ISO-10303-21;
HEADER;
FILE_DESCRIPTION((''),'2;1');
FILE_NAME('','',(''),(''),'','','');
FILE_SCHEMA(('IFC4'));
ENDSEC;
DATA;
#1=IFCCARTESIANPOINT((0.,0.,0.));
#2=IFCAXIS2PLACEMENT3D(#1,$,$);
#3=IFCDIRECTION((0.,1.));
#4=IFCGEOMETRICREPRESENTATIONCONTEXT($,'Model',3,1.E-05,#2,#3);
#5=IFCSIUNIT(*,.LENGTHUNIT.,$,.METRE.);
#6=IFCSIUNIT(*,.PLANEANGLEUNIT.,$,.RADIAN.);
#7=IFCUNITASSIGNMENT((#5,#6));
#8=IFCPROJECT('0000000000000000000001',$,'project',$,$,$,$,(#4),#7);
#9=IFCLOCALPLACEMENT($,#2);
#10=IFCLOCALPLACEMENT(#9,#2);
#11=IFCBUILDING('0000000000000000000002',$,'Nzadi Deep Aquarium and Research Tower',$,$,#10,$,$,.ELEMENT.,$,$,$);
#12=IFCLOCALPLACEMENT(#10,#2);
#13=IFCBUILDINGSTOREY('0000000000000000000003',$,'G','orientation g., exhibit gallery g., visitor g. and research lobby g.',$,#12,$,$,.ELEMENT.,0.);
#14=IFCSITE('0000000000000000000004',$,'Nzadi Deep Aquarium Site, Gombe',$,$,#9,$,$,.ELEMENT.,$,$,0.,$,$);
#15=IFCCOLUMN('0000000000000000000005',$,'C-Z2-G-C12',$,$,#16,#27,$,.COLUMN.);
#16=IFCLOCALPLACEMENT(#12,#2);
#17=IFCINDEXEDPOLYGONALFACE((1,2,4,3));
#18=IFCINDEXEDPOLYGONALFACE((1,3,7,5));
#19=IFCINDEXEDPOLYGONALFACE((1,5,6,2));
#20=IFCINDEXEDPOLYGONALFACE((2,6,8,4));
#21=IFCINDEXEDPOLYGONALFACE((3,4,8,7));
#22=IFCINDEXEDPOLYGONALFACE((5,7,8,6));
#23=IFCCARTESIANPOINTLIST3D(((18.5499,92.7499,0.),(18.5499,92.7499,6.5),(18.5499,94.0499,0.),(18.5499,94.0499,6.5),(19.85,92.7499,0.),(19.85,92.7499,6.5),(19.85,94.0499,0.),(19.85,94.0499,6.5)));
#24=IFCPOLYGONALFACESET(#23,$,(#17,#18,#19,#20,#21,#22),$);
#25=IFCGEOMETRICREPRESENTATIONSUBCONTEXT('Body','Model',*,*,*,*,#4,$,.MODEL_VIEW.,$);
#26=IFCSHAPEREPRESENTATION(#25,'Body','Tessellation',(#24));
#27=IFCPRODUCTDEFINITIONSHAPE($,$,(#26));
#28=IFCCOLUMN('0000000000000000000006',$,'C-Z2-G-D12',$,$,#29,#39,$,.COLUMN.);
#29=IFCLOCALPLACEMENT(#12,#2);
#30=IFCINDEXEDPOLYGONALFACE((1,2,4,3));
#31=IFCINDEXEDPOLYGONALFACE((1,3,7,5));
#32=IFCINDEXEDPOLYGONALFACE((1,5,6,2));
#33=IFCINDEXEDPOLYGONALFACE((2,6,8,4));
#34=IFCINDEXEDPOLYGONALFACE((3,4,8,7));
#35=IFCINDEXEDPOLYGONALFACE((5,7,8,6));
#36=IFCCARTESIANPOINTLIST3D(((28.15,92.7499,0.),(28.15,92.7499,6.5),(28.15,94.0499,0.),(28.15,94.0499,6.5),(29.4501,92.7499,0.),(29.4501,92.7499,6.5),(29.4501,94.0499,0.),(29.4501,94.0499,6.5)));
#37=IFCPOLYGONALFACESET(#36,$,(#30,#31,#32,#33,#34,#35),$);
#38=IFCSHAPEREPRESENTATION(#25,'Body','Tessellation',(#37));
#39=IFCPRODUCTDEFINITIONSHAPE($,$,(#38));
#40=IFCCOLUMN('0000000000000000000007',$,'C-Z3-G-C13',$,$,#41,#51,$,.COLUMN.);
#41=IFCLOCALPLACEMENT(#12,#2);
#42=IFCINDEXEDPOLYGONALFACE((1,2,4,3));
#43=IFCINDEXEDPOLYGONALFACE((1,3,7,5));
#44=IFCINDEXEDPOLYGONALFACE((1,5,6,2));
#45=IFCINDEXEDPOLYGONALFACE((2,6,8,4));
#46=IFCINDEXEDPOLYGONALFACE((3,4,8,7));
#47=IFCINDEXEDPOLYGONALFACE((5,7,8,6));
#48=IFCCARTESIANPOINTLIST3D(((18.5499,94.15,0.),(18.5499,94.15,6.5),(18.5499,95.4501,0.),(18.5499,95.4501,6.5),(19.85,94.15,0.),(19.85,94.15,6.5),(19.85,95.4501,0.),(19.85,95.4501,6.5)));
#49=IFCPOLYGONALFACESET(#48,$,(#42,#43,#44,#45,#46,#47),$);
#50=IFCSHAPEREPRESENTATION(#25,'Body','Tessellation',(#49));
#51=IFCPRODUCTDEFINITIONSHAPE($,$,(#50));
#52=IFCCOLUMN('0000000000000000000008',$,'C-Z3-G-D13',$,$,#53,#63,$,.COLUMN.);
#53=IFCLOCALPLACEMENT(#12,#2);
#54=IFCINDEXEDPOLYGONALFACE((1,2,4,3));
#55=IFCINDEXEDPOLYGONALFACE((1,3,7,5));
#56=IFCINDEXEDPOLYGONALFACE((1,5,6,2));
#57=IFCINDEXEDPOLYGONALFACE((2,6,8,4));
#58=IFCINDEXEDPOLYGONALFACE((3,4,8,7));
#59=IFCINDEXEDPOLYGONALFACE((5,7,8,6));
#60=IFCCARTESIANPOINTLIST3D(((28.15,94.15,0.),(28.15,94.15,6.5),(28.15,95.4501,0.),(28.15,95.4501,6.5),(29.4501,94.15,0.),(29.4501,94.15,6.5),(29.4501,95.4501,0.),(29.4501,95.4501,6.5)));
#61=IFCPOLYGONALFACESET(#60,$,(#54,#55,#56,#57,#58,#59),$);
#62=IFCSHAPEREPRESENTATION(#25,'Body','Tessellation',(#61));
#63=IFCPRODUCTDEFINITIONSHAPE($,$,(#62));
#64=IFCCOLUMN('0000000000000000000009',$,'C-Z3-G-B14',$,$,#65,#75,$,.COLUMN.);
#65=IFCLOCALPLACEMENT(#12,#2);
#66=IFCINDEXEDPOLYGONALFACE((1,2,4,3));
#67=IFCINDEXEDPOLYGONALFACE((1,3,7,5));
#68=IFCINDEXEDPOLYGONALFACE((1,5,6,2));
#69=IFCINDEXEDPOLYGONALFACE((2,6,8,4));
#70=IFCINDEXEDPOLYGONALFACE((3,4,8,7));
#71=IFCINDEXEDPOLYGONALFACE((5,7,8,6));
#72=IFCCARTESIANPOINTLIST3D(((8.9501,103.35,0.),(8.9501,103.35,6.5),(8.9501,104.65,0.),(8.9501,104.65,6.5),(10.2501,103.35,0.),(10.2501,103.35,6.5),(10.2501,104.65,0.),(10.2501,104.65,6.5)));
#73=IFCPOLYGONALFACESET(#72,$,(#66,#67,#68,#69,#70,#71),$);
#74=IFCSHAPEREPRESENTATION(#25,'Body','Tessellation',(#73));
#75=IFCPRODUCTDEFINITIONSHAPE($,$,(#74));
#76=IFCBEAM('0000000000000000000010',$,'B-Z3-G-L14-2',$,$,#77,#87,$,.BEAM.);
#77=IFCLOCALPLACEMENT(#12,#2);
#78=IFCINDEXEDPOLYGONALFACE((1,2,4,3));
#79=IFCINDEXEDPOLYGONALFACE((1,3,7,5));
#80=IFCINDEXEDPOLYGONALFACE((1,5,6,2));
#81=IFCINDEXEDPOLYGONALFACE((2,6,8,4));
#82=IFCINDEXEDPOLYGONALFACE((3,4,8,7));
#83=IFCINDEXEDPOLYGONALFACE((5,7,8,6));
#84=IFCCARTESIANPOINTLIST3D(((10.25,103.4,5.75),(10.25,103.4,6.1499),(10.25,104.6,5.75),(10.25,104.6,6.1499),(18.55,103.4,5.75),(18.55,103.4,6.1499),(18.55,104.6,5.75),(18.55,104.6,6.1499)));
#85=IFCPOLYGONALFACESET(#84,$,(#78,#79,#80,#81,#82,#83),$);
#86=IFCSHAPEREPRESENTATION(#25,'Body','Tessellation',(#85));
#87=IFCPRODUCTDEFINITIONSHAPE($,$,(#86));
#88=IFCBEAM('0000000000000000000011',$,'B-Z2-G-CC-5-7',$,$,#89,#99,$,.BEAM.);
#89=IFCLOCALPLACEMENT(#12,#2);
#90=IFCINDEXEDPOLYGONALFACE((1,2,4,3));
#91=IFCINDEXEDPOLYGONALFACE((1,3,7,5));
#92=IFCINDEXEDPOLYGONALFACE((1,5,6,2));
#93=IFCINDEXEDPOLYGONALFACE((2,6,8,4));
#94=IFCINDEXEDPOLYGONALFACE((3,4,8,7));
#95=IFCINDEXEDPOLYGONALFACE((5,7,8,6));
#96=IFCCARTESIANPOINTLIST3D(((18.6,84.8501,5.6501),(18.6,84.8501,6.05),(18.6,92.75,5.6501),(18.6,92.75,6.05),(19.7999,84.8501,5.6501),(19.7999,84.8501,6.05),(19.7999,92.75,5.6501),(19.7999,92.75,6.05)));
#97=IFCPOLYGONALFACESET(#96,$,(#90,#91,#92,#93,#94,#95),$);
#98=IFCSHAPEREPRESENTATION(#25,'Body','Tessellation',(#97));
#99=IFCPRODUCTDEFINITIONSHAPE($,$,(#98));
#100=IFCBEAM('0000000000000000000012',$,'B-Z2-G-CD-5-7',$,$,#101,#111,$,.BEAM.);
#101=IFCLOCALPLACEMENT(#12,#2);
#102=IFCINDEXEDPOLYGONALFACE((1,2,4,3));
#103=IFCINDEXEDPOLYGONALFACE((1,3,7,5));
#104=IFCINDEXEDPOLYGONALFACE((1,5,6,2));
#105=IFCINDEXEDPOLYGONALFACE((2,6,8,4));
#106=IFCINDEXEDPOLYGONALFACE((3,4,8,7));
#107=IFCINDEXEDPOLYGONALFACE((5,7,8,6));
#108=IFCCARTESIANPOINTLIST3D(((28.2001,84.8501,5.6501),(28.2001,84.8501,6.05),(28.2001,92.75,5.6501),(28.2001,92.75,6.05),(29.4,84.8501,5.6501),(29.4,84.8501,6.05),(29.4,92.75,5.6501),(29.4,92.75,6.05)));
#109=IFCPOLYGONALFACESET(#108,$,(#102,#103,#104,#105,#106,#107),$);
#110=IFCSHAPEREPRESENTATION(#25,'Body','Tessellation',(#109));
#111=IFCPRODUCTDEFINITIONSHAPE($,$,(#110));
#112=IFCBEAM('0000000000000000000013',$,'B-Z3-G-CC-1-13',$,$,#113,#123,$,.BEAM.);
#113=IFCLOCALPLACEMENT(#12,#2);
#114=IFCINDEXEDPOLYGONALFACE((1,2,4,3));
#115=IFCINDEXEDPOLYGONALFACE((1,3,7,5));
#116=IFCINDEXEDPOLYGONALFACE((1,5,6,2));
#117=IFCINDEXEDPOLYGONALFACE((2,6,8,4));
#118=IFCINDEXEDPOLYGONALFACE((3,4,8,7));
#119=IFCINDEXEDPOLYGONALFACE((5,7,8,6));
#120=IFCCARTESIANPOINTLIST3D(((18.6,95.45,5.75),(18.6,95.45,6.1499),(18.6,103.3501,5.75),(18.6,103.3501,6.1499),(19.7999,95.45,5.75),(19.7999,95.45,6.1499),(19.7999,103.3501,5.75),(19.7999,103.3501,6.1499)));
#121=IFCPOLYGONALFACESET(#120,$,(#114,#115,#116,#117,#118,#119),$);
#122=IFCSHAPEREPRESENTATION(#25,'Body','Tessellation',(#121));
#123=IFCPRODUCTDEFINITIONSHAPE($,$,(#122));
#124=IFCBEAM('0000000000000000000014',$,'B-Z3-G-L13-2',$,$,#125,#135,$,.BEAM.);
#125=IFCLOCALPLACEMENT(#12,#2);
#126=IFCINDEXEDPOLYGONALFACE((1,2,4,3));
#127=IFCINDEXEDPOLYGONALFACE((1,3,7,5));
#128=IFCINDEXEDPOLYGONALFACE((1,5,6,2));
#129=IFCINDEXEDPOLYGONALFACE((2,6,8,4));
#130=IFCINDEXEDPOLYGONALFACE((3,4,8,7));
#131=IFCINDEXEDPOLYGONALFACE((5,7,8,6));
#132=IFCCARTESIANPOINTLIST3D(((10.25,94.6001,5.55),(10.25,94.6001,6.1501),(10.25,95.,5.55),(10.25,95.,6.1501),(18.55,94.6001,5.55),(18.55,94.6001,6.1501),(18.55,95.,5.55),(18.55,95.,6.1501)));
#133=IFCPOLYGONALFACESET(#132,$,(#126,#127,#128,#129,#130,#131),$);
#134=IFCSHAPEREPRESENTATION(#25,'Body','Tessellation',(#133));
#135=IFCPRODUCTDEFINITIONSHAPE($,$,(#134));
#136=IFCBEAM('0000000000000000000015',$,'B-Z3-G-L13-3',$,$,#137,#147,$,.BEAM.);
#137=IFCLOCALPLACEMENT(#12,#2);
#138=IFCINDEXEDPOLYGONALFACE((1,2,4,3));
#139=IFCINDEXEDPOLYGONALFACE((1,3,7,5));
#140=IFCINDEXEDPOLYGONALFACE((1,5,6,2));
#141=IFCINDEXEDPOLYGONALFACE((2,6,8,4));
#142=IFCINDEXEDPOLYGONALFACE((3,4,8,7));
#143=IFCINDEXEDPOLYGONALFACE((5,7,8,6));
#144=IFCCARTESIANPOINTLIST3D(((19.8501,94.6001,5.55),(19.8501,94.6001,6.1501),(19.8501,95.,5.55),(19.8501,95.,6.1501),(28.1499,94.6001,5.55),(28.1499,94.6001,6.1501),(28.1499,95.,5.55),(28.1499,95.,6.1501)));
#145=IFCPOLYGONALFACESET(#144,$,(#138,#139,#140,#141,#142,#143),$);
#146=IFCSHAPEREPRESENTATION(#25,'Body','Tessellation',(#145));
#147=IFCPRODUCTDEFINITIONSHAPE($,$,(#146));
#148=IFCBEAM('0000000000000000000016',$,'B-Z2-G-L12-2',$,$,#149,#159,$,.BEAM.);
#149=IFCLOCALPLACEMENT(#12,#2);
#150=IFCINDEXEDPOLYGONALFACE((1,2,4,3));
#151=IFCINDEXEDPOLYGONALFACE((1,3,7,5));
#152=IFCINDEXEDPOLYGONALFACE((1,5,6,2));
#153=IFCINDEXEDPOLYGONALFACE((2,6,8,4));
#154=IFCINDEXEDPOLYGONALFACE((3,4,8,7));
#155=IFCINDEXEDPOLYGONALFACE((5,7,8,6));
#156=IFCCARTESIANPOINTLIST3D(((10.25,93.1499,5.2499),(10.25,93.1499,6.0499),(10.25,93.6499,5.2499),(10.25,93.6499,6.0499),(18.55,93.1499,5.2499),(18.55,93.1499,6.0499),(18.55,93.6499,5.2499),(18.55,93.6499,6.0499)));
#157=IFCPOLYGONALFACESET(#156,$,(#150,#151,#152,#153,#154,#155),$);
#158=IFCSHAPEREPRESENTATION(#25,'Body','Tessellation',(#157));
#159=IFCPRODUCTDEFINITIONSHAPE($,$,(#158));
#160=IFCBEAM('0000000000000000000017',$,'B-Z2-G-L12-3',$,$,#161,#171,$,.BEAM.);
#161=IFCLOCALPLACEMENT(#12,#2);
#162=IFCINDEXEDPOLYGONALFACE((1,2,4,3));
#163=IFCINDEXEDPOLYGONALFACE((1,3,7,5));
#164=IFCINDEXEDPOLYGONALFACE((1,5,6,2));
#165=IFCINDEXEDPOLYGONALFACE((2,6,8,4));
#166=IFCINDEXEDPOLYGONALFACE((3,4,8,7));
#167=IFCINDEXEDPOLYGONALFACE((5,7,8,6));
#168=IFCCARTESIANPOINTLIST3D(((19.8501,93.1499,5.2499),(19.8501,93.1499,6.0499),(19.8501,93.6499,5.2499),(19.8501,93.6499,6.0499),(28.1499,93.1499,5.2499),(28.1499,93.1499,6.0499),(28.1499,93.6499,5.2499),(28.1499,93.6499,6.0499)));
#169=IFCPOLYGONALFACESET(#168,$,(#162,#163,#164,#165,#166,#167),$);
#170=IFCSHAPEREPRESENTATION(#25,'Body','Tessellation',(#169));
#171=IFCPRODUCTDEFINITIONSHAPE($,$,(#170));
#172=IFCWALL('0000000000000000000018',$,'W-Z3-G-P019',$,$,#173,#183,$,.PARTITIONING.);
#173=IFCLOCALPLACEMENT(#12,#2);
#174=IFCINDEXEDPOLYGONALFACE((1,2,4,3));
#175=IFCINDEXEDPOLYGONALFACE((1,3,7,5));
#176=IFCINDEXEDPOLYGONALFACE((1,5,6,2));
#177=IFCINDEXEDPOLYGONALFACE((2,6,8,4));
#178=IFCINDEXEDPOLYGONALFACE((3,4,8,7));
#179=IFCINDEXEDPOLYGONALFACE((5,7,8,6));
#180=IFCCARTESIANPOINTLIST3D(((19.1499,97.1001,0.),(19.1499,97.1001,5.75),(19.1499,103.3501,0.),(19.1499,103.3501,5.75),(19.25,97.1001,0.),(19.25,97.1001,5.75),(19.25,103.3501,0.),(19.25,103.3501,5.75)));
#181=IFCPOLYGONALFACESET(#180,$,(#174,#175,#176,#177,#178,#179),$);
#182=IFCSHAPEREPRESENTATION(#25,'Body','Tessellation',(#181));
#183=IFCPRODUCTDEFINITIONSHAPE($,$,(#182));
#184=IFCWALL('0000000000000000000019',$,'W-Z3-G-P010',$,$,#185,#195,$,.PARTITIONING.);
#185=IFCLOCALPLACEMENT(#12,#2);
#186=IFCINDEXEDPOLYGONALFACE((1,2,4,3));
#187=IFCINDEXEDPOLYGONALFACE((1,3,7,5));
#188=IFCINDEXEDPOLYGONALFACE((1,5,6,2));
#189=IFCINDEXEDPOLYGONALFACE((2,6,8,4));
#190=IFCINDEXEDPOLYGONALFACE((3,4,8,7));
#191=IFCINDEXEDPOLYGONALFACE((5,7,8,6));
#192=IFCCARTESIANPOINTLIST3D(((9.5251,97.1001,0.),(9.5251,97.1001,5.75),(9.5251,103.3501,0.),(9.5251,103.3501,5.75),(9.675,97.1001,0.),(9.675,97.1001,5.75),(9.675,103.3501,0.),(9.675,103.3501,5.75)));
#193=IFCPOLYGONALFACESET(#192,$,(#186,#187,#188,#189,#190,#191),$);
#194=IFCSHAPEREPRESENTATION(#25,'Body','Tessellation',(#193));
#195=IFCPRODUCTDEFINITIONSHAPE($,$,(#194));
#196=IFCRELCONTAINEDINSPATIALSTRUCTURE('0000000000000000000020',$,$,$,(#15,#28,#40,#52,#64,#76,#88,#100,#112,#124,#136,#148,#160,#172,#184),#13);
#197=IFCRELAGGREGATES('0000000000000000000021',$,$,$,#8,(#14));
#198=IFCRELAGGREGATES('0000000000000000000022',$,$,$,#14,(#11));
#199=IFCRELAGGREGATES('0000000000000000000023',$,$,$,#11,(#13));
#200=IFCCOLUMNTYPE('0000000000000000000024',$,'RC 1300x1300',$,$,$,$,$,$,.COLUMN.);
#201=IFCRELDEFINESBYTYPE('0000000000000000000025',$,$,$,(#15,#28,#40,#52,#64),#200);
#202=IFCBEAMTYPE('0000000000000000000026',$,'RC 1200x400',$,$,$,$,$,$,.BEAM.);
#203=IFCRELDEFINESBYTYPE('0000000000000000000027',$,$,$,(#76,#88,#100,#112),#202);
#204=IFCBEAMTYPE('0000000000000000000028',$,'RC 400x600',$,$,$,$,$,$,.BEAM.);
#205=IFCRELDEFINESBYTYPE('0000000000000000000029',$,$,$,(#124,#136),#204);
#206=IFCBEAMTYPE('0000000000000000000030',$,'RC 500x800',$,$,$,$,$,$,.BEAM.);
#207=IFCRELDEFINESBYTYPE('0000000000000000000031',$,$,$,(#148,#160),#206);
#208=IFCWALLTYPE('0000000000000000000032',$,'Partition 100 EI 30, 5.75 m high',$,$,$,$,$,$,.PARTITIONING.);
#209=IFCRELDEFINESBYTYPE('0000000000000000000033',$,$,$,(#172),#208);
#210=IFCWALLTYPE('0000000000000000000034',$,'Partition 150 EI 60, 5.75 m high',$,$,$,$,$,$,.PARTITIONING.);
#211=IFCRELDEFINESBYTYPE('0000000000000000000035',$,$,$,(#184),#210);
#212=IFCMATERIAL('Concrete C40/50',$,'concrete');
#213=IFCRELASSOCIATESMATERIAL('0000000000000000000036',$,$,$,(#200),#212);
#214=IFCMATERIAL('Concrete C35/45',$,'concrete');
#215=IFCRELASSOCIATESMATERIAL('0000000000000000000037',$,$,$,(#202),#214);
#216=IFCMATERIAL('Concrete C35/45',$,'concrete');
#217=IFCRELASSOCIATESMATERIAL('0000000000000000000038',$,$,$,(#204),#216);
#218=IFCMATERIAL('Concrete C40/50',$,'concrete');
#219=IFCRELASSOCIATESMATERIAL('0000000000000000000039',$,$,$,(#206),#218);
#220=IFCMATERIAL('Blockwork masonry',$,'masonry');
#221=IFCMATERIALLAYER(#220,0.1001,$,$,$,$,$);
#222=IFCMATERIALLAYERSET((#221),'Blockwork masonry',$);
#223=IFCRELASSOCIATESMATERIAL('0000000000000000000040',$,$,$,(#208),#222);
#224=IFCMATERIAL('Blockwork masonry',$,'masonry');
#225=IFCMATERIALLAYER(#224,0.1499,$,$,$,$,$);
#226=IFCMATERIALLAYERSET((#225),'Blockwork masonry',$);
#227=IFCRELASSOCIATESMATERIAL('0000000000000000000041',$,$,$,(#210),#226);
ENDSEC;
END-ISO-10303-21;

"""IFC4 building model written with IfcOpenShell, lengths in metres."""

from ifc_helpers import new_model, si_unit, direction, frame, frame_2d, origin, origin_2d, place, context, subcontext, project, spatial, rectangle, extrude, material, layer, layer_set, material_profile, profile_set, type_object, element, save


model = new_model("IFC4")

# Units and contexts
model_context = context("Model", 3, precision=1e-05, world=origin(), true_north=direction((0.0, 1.0)))
body_context = subcontext(model_context, "Body", "Model", "MODEL_VIEW")
ifc_project = project(units=[si_unit("LENGTHUNIT", "METRE"), si_unit("PLANEANGLEUNIT", "RADIAN")], contexts=[model_context])

# Site, building, storey
site_placement = place(None, origin())
site = spatial("IfcSite", under=ifc_project, at=site_placement, Name="Nzadi Deep Aquarium Site, Gombe", CompositionType="ELEMENT", RefElevation=0.0)
building_placement = place(site_placement, origin())
building = spatial("IfcBuilding", under=site, at=building_placement, Name="Nzadi Deep Aquarium and Research Tower", CompositionType="ELEMENT")
storey_placement = place(building_placement, origin())
storey = spatial("IfcBuildingStorey", under=building, at=storey_placement, Name="G", Description="orientation g., exhibit gallery g., visitor g. and research lobby g.", CompositionType="ELEMENT", Elevation=0.0)

# Columns
ifc_material_1 = material(Name="Concrete C40/50", Category="concrete")
ifc_material_profile_1 = material_profile(ifc_material_1, rectangle(XDim=1.3, YDim=1.3, at=origin_2d()))
ifc_profile_set_1 = profile_set([ifc_material_profile_1], Name="Concrete C40/50")
column_type = type_object("IfcColumnType", Name="RC 1300x1300", PredefinedType="COLUMN", material=ifc_profile_set_1)
for number, where, z_axis, x_axis, name in (
    (1, (19.2, 93.3999, 0.0), (0.0, 0.0, 1.0), (1.0, 0.0, 0.0), "C-Z2-G-C12"),
    (2, (28.8, 93.3999, 0.0), (0.0, 0.0, 1.0), (1.0, 0.0, 0.0), "C-Z2-G-D12"),
    (3, (19.2, 94.8, 0.0), (0.0, 0.0, 1.0), (1.0, 0.0, 0.0), "C-Z3-G-C13"),
    (4, (28.8, 94.8, 0.0), (0.0, 0.0, 1.0), (1.0, 0.0, 0.0), "C-Z3-G-D13"),
    (5, (9.6001, 104.0, 0.0), (0.0, 0.0, 1.0), (1.0, 0.0, 0.0), "C-Z3-G-B14"),
):
    element("IfcColumn", number, at=place(storey_placement, frame(where, z_axis=z_axis, x_axis=x_axis)), inside=storey, type_object=column_type, Name=name, PredefinedType="COLUMN", context=body_context, shape_type="SweptSolid", body=[
        extrude(rectangle(XDim=1.3, YDim=1.3, at=origin_2d()), origin(), (0.0, 0.0, 1.0), 6.5),
    ])

# Beams
ifc_material_2 = material(Name="Concrete C35/45", Category="concrete")
ifc_material_profile_2 = material_profile(ifc_material_2, rectangle(XDim=1.2, YDim=0.3999, at=origin_2d()))
ifc_profile_set_2 = profile_set([ifc_material_profile_2], Name="Concrete C35/45")
beam_type_1 = type_object("IfcBeamType", Name="RC 1200x400", PredefinedType="BEAM", material=ifc_profile_set_2)
beam_1_placement = place(storey_placement, frame((10.25, 104.0, 5.95), z_axis=(1.0, 0.0, 0.0), x_axis=(0.0, 1.0, 0.0)))
element("IfcBeam", 6, at=beam_1_placement, inside=storey, type_object=beam_type_1, Name="B-Z3-G-L14-2", PredefinedType="BEAM", context=body_context, shape_type="SweptSolid", body=[
    extrude(rectangle(XDim=1.2, YDim=0.3999, at=origin_2d()), origin(), (0.0, 0.0, 1.0), 8.3),
])
for number, where, z_axis, x_axis, name in (
    (7, (19.2, 84.8501, 5.8501), (0.0, 1.0, 0.0), (-1.0, 0.0, 0.0), "B-Z2-G-CC-5-7"),
    (8, (28.8, 84.8501, 5.8501), (0.0, 1.0, 0.0), (-1.0, 0.0, 0.0), "B-Z2-G-CD-5-7"),
):
    element("IfcBeam", number, at=place(storey_placement, frame(where, z_axis=z_axis, x_axis=x_axis)), inside=storey, type_object=beam_type_1, Name=name, PredefinedType="BEAM", context=body_context, shape_type="SweptSolid", body=[
        extrude(rectangle(XDim=1.2, YDim=0.3999, at=origin_2d()), origin(), (0.0, 0.0, 1.0), 7.8999),
    ])
beam_2_placement = place(storey_placement, frame((19.2, 95.45, 5.95), z_axis=(0.0, 1.0, 0.0), x_axis=(-1.0, 0.0, 0.0)))
element("IfcBeam", 9, at=beam_2_placement, inside=storey, type_object=beam_type_1, Name="B-Z3-G-CC-1-13", PredefinedType="BEAM", context=body_context, shape_type="SweptSolid", body=[
    extrude(rectangle(XDim=1.2, YDim=0.3999, at=origin_2d()), origin(), (0.0, 0.0, 1.0), 7.9001),
])
ifc_material_3 = material(Name="Concrete C35/45", Category="concrete")
ifc_material_profile_3 = material_profile(ifc_material_3, rectangle(XDim=0.3999, YDim=0.6001, at=origin_2d()))
ifc_profile_set_3 = profile_set([ifc_material_profile_3], Name="Concrete C35/45")
beam_type_2 = type_object("IfcBeamType", Name="RC 400x600", PredefinedType="BEAM", material=ifc_profile_set_3)
beam_3_placement = place(storey_placement, frame((10.25, 94.8, 5.8501), z_axis=(1.0, 0.0, 0.0), x_axis=(0.0, 1.0, 0.0)))
element("IfcBeam", 10, at=beam_3_placement, inside=storey, type_object=beam_type_2, Name="B-Z3-G-L13-2", PredefinedType="BEAM", context=body_context, shape_type="SweptSolid", body=[
    extrude(rectangle(XDim=0.3999, YDim=0.6001, at=origin_2d()), origin(), (0.0, 0.0, 1.0), 8.3),
])
beam_4_placement = place(storey_placement, frame((19.8501, 94.8, 5.8501), z_axis=(1.0, 0.0, 0.0), x_axis=(0.0, 1.0, 0.0)))
element("IfcBeam", 11, at=beam_4_placement, inside=storey, type_object=beam_type_2, Name="B-Z3-G-L13-3", PredefinedType="BEAM", context=body_context, shape_type="SweptSolid", body=[
    extrude(rectangle(XDim=0.3999, YDim=0.6001, at=origin_2d()), origin(), (0.0, 0.0, 1.0), 8.2998),
])
ifc_material_4 = material(Name="Concrete C40/50", Category="concrete")
ifc_material_profile_4 = material_profile(ifc_material_4, rectangle(XDim=0.5, YDim=0.8, at=origin_2d()))
ifc_profile_set_4 = profile_set([ifc_material_profile_4], Name="Concrete C40/50")
beam_type_3 = type_object("IfcBeamType", Name="RC 500x800", PredefinedType="BEAM", material=ifc_profile_set_4)
beam_5_placement = place(storey_placement, frame((10.25, 93.3999, 5.6499), z_axis=(1.0, 0.0, 0.0), x_axis=(0.0, 1.0, 0.0)))
element("IfcBeam", 12, at=beam_5_placement, inside=storey, type_object=beam_type_3, Name="B-Z2-G-L12-2", PredefinedType="BEAM", context=body_context, shape_type="SweptSolid", body=[
    extrude(rectangle(XDim=0.5, YDim=0.8, at=origin_2d()), origin(), (0.0, 0.0, 1.0), 8.3),
])
beam_6_placement = place(storey_placement, frame((19.8501, 93.3999, 5.6499), z_axis=(1.0, 0.0, 0.0), x_axis=(0.0, 1.0, 0.0)))
element("IfcBeam", 13, at=beam_6_placement, inside=storey, type_object=beam_type_3, Name="B-Z2-G-L12-3", PredefinedType="BEAM", context=body_context, shape_type="SweptSolid", body=[
    extrude(rectangle(XDim=0.5, YDim=0.8, at=origin_2d()), origin(), (0.0, 0.0, 1.0), 8.2998),
])

# Walls
ifc_material_5 = material(Name="Blockwork masonry", Category="masonry")
ifc_layer_1 = layer(ifc_material_5, 0.1001)
ifc_layer_set_1 = layer_set([ifc_layer_1], Name="Blockwork masonry")
wall_type_1 = type_object("IfcWallType", Name="Partition 100 EI 30, 5.75 m high", PredefinedType="PARTITIONING", material=ifc_layer_set_1)
wall_1_placement = place(storey_placement, frame((19.2, 97.1001, 0.0), z_axis=(0.0, 0.0, 1.0), x_axis=(0.0, 1.0, 0.0)))
element("IfcWall", 14, at=wall_1_placement, inside=storey, type_object=wall_type_1, Name="W-Z3-G-P019", PredefinedType="PARTITIONING", context=body_context, shape_type="SweptSolid", body=[
    extrude(rectangle(XDim=6.25, YDim=0.1001, at=frame_2d((3.125, 0.0))), origin(), (0.0, 0.0, 1.0), 5.75),
])
ifc_material_6 = material(Name="Blockwork masonry", Category="masonry")
ifc_layer_2 = layer(ifc_material_6, 0.1499)
ifc_layer_set_2 = layer_set([ifc_layer_2], Name="Blockwork masonry")
wall_type_2 = type_object("IfcWallType", Name="Partition 150 EI 60, 5.75 m high", PredefinedType="PARTITIONING", material=ifc_layer_set_2)
wall_2_placement = place(storey_placement, frame((9.6001, 97.1001, 0.0), z_axis=(0.0, 0.0, 1.0), x_axis=(0.0, 1.0, 0.0)))
element("IfcWall", 15, at=wall_2_placement, inside=storey, type_object=wall_type_2, Name="W-Z3-G-P010", PredefinedType="PARTITIONING", context=body_context, shape_type="SweptSolid", body=[
    extrude(rectangle(XDim=6.25, YDim=0.1499, at=frame_2d((3.125, 0.0))), origin(), (0.0, 0.0, 1.0), 5.75),
])

save(model, "model.ifc")
